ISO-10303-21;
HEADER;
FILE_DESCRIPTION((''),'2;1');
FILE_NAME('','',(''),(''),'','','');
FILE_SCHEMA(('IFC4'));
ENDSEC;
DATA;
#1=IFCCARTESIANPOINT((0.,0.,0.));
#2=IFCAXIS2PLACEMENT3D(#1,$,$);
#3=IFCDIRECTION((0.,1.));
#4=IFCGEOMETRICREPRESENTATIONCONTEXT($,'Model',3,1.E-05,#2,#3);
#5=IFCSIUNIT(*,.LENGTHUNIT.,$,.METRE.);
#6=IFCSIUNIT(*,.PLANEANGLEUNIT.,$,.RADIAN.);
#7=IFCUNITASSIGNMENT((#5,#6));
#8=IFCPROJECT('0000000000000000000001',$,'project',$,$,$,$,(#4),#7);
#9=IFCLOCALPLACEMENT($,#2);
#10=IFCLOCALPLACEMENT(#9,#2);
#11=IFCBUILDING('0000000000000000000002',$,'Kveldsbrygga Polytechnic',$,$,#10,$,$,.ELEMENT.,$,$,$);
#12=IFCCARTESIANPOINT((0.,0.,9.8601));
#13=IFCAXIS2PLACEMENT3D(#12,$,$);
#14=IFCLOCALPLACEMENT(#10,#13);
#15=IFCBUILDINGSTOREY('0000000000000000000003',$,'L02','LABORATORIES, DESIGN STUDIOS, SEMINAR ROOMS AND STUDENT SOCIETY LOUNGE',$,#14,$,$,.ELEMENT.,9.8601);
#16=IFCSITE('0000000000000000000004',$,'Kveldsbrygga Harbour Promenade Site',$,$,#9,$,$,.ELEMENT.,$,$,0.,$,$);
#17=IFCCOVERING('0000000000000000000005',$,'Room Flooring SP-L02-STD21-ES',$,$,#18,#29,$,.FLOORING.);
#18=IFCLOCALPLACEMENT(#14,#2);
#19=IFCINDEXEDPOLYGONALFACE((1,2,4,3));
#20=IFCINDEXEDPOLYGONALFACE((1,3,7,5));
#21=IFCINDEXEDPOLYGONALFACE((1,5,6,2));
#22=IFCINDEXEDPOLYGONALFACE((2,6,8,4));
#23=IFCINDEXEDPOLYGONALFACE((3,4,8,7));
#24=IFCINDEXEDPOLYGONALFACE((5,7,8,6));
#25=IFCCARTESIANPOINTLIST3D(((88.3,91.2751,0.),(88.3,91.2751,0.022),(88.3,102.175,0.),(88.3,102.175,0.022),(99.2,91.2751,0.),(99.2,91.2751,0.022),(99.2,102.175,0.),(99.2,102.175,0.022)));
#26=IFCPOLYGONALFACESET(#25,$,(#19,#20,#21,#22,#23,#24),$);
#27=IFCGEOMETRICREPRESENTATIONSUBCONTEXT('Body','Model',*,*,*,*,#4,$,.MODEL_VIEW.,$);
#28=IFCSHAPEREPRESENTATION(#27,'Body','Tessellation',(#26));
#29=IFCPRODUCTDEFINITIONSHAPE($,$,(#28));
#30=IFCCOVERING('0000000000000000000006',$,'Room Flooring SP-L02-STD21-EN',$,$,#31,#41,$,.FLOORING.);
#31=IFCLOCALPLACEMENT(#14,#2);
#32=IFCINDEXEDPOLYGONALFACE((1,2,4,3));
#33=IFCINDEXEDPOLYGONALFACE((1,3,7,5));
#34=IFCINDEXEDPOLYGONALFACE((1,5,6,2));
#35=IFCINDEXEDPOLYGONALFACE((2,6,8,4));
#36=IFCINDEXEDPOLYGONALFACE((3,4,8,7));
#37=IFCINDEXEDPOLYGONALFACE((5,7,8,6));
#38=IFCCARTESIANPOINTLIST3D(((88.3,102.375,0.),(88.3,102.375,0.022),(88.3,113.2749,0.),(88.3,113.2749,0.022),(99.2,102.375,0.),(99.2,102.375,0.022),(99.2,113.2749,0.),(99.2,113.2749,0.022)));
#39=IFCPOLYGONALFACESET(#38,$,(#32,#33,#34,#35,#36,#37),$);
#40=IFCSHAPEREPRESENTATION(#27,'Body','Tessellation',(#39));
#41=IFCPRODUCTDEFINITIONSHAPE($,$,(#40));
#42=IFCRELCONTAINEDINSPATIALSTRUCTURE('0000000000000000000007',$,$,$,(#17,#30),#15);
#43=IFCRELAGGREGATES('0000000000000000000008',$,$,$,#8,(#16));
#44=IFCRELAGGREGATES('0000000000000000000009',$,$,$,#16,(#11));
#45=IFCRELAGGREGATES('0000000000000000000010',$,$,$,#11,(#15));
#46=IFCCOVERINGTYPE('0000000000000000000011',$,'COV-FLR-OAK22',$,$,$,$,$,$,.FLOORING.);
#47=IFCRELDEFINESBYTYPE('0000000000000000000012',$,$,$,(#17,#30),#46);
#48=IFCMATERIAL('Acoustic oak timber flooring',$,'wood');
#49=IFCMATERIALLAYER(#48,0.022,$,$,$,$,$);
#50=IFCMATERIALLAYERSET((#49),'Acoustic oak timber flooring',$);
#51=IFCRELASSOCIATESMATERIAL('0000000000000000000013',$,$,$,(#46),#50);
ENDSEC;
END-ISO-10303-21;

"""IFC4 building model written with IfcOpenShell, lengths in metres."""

from ifc_helpers import new_model, si_unit, direction, frame, origin, origin_2d, place, context, subcontext, project, spatial, rectangle, extrude, material, layer, layer_set, type_object, element, save


model = new_model("IFC4")

# Units and contexts
model_context = context("Model", 3, precision=1e-05, world=origin(), true_north=direction((0.0, 1.0)))
body_context = subcontext(model_context, "Body", "Model", "MODEL_VIEW")
ifc_project = project(units=[si_unit("LENGTHUNIT", "METRE"), si_unit("PLANEANGLEUNIT", "RADIAN")], contexts=[model_context])

# Site, building, storey
site_placement = place(None, origin())
site = spatial("IfcSite", under=ifc_project, at=site_placement, Name="Kveldsbrygga Harbour Promenade Site", CompositionType="ELEMENT", RefElevation=0.0)
building_placement = place(site_placement, origin())
building = spatial("IfcBuilding", under=site, at=building_placement, Name="Kveldsbrygga Polytechnic", CompositionType="ELEMENT")
storey_placement = place(building_placement, frame((0.0, 0.0, 9.8601)))
storey = spatial("IfcBuildingStorey", under=building, at=storey_placement, Name="L02", Description="LABORATORIES, DESIGN STUDIOS, SEMINAR ROOMS AND STUDENT SOCIETY LOUNGE", CompositionType="ELEMENT", Elevation=9.8601)

# Coverings
ifc_material_1 = material(Name="Acoustic oak timber flooring", Category="wood")
ifc_layer_1 = layer(ifc_material_1, 0.022)
ifc_layer_set_1 = layer_set([ifc_layer_1], Name="Acoustic oak timber flooring")
covering_type = type_object("IfcCoveringType", Name="COV-FLR-OAK22", PredefinedType="FLOORING", material=ifc_layer_set_1)
for number, where, z_axis, x_axis, name in (
    (1, (93.75, 96.7251, 0.0), (0.0, 0.0, 1.0), (1.0, 0.0, 0.0), "Room Flooring SP-L02-STD21-ES"),
    (2, (93.75, 107.825, 0.0), (0.0, 0.0, 1.0), (1.0, 0.0, 0.0), "Room Flooring SP-L02-STD21-EN"),
):
    element("IfcCovering", number, at=place(storey_placement, frame(where, z_axis=z_axis, x_axis=x_axis)), inside=storey, type_object=covering_type, Name=name, PredefinedType="FLOORING", context=body_context, shape_type="SweptSolid", body=[
        extrude(rectangle(XDim=10.8999, YDim=10.8999, at=origin_2d()), origin(), (0.0, 0.0, 1.0), 0.022),
    ])

save(model, "model.ifc")
